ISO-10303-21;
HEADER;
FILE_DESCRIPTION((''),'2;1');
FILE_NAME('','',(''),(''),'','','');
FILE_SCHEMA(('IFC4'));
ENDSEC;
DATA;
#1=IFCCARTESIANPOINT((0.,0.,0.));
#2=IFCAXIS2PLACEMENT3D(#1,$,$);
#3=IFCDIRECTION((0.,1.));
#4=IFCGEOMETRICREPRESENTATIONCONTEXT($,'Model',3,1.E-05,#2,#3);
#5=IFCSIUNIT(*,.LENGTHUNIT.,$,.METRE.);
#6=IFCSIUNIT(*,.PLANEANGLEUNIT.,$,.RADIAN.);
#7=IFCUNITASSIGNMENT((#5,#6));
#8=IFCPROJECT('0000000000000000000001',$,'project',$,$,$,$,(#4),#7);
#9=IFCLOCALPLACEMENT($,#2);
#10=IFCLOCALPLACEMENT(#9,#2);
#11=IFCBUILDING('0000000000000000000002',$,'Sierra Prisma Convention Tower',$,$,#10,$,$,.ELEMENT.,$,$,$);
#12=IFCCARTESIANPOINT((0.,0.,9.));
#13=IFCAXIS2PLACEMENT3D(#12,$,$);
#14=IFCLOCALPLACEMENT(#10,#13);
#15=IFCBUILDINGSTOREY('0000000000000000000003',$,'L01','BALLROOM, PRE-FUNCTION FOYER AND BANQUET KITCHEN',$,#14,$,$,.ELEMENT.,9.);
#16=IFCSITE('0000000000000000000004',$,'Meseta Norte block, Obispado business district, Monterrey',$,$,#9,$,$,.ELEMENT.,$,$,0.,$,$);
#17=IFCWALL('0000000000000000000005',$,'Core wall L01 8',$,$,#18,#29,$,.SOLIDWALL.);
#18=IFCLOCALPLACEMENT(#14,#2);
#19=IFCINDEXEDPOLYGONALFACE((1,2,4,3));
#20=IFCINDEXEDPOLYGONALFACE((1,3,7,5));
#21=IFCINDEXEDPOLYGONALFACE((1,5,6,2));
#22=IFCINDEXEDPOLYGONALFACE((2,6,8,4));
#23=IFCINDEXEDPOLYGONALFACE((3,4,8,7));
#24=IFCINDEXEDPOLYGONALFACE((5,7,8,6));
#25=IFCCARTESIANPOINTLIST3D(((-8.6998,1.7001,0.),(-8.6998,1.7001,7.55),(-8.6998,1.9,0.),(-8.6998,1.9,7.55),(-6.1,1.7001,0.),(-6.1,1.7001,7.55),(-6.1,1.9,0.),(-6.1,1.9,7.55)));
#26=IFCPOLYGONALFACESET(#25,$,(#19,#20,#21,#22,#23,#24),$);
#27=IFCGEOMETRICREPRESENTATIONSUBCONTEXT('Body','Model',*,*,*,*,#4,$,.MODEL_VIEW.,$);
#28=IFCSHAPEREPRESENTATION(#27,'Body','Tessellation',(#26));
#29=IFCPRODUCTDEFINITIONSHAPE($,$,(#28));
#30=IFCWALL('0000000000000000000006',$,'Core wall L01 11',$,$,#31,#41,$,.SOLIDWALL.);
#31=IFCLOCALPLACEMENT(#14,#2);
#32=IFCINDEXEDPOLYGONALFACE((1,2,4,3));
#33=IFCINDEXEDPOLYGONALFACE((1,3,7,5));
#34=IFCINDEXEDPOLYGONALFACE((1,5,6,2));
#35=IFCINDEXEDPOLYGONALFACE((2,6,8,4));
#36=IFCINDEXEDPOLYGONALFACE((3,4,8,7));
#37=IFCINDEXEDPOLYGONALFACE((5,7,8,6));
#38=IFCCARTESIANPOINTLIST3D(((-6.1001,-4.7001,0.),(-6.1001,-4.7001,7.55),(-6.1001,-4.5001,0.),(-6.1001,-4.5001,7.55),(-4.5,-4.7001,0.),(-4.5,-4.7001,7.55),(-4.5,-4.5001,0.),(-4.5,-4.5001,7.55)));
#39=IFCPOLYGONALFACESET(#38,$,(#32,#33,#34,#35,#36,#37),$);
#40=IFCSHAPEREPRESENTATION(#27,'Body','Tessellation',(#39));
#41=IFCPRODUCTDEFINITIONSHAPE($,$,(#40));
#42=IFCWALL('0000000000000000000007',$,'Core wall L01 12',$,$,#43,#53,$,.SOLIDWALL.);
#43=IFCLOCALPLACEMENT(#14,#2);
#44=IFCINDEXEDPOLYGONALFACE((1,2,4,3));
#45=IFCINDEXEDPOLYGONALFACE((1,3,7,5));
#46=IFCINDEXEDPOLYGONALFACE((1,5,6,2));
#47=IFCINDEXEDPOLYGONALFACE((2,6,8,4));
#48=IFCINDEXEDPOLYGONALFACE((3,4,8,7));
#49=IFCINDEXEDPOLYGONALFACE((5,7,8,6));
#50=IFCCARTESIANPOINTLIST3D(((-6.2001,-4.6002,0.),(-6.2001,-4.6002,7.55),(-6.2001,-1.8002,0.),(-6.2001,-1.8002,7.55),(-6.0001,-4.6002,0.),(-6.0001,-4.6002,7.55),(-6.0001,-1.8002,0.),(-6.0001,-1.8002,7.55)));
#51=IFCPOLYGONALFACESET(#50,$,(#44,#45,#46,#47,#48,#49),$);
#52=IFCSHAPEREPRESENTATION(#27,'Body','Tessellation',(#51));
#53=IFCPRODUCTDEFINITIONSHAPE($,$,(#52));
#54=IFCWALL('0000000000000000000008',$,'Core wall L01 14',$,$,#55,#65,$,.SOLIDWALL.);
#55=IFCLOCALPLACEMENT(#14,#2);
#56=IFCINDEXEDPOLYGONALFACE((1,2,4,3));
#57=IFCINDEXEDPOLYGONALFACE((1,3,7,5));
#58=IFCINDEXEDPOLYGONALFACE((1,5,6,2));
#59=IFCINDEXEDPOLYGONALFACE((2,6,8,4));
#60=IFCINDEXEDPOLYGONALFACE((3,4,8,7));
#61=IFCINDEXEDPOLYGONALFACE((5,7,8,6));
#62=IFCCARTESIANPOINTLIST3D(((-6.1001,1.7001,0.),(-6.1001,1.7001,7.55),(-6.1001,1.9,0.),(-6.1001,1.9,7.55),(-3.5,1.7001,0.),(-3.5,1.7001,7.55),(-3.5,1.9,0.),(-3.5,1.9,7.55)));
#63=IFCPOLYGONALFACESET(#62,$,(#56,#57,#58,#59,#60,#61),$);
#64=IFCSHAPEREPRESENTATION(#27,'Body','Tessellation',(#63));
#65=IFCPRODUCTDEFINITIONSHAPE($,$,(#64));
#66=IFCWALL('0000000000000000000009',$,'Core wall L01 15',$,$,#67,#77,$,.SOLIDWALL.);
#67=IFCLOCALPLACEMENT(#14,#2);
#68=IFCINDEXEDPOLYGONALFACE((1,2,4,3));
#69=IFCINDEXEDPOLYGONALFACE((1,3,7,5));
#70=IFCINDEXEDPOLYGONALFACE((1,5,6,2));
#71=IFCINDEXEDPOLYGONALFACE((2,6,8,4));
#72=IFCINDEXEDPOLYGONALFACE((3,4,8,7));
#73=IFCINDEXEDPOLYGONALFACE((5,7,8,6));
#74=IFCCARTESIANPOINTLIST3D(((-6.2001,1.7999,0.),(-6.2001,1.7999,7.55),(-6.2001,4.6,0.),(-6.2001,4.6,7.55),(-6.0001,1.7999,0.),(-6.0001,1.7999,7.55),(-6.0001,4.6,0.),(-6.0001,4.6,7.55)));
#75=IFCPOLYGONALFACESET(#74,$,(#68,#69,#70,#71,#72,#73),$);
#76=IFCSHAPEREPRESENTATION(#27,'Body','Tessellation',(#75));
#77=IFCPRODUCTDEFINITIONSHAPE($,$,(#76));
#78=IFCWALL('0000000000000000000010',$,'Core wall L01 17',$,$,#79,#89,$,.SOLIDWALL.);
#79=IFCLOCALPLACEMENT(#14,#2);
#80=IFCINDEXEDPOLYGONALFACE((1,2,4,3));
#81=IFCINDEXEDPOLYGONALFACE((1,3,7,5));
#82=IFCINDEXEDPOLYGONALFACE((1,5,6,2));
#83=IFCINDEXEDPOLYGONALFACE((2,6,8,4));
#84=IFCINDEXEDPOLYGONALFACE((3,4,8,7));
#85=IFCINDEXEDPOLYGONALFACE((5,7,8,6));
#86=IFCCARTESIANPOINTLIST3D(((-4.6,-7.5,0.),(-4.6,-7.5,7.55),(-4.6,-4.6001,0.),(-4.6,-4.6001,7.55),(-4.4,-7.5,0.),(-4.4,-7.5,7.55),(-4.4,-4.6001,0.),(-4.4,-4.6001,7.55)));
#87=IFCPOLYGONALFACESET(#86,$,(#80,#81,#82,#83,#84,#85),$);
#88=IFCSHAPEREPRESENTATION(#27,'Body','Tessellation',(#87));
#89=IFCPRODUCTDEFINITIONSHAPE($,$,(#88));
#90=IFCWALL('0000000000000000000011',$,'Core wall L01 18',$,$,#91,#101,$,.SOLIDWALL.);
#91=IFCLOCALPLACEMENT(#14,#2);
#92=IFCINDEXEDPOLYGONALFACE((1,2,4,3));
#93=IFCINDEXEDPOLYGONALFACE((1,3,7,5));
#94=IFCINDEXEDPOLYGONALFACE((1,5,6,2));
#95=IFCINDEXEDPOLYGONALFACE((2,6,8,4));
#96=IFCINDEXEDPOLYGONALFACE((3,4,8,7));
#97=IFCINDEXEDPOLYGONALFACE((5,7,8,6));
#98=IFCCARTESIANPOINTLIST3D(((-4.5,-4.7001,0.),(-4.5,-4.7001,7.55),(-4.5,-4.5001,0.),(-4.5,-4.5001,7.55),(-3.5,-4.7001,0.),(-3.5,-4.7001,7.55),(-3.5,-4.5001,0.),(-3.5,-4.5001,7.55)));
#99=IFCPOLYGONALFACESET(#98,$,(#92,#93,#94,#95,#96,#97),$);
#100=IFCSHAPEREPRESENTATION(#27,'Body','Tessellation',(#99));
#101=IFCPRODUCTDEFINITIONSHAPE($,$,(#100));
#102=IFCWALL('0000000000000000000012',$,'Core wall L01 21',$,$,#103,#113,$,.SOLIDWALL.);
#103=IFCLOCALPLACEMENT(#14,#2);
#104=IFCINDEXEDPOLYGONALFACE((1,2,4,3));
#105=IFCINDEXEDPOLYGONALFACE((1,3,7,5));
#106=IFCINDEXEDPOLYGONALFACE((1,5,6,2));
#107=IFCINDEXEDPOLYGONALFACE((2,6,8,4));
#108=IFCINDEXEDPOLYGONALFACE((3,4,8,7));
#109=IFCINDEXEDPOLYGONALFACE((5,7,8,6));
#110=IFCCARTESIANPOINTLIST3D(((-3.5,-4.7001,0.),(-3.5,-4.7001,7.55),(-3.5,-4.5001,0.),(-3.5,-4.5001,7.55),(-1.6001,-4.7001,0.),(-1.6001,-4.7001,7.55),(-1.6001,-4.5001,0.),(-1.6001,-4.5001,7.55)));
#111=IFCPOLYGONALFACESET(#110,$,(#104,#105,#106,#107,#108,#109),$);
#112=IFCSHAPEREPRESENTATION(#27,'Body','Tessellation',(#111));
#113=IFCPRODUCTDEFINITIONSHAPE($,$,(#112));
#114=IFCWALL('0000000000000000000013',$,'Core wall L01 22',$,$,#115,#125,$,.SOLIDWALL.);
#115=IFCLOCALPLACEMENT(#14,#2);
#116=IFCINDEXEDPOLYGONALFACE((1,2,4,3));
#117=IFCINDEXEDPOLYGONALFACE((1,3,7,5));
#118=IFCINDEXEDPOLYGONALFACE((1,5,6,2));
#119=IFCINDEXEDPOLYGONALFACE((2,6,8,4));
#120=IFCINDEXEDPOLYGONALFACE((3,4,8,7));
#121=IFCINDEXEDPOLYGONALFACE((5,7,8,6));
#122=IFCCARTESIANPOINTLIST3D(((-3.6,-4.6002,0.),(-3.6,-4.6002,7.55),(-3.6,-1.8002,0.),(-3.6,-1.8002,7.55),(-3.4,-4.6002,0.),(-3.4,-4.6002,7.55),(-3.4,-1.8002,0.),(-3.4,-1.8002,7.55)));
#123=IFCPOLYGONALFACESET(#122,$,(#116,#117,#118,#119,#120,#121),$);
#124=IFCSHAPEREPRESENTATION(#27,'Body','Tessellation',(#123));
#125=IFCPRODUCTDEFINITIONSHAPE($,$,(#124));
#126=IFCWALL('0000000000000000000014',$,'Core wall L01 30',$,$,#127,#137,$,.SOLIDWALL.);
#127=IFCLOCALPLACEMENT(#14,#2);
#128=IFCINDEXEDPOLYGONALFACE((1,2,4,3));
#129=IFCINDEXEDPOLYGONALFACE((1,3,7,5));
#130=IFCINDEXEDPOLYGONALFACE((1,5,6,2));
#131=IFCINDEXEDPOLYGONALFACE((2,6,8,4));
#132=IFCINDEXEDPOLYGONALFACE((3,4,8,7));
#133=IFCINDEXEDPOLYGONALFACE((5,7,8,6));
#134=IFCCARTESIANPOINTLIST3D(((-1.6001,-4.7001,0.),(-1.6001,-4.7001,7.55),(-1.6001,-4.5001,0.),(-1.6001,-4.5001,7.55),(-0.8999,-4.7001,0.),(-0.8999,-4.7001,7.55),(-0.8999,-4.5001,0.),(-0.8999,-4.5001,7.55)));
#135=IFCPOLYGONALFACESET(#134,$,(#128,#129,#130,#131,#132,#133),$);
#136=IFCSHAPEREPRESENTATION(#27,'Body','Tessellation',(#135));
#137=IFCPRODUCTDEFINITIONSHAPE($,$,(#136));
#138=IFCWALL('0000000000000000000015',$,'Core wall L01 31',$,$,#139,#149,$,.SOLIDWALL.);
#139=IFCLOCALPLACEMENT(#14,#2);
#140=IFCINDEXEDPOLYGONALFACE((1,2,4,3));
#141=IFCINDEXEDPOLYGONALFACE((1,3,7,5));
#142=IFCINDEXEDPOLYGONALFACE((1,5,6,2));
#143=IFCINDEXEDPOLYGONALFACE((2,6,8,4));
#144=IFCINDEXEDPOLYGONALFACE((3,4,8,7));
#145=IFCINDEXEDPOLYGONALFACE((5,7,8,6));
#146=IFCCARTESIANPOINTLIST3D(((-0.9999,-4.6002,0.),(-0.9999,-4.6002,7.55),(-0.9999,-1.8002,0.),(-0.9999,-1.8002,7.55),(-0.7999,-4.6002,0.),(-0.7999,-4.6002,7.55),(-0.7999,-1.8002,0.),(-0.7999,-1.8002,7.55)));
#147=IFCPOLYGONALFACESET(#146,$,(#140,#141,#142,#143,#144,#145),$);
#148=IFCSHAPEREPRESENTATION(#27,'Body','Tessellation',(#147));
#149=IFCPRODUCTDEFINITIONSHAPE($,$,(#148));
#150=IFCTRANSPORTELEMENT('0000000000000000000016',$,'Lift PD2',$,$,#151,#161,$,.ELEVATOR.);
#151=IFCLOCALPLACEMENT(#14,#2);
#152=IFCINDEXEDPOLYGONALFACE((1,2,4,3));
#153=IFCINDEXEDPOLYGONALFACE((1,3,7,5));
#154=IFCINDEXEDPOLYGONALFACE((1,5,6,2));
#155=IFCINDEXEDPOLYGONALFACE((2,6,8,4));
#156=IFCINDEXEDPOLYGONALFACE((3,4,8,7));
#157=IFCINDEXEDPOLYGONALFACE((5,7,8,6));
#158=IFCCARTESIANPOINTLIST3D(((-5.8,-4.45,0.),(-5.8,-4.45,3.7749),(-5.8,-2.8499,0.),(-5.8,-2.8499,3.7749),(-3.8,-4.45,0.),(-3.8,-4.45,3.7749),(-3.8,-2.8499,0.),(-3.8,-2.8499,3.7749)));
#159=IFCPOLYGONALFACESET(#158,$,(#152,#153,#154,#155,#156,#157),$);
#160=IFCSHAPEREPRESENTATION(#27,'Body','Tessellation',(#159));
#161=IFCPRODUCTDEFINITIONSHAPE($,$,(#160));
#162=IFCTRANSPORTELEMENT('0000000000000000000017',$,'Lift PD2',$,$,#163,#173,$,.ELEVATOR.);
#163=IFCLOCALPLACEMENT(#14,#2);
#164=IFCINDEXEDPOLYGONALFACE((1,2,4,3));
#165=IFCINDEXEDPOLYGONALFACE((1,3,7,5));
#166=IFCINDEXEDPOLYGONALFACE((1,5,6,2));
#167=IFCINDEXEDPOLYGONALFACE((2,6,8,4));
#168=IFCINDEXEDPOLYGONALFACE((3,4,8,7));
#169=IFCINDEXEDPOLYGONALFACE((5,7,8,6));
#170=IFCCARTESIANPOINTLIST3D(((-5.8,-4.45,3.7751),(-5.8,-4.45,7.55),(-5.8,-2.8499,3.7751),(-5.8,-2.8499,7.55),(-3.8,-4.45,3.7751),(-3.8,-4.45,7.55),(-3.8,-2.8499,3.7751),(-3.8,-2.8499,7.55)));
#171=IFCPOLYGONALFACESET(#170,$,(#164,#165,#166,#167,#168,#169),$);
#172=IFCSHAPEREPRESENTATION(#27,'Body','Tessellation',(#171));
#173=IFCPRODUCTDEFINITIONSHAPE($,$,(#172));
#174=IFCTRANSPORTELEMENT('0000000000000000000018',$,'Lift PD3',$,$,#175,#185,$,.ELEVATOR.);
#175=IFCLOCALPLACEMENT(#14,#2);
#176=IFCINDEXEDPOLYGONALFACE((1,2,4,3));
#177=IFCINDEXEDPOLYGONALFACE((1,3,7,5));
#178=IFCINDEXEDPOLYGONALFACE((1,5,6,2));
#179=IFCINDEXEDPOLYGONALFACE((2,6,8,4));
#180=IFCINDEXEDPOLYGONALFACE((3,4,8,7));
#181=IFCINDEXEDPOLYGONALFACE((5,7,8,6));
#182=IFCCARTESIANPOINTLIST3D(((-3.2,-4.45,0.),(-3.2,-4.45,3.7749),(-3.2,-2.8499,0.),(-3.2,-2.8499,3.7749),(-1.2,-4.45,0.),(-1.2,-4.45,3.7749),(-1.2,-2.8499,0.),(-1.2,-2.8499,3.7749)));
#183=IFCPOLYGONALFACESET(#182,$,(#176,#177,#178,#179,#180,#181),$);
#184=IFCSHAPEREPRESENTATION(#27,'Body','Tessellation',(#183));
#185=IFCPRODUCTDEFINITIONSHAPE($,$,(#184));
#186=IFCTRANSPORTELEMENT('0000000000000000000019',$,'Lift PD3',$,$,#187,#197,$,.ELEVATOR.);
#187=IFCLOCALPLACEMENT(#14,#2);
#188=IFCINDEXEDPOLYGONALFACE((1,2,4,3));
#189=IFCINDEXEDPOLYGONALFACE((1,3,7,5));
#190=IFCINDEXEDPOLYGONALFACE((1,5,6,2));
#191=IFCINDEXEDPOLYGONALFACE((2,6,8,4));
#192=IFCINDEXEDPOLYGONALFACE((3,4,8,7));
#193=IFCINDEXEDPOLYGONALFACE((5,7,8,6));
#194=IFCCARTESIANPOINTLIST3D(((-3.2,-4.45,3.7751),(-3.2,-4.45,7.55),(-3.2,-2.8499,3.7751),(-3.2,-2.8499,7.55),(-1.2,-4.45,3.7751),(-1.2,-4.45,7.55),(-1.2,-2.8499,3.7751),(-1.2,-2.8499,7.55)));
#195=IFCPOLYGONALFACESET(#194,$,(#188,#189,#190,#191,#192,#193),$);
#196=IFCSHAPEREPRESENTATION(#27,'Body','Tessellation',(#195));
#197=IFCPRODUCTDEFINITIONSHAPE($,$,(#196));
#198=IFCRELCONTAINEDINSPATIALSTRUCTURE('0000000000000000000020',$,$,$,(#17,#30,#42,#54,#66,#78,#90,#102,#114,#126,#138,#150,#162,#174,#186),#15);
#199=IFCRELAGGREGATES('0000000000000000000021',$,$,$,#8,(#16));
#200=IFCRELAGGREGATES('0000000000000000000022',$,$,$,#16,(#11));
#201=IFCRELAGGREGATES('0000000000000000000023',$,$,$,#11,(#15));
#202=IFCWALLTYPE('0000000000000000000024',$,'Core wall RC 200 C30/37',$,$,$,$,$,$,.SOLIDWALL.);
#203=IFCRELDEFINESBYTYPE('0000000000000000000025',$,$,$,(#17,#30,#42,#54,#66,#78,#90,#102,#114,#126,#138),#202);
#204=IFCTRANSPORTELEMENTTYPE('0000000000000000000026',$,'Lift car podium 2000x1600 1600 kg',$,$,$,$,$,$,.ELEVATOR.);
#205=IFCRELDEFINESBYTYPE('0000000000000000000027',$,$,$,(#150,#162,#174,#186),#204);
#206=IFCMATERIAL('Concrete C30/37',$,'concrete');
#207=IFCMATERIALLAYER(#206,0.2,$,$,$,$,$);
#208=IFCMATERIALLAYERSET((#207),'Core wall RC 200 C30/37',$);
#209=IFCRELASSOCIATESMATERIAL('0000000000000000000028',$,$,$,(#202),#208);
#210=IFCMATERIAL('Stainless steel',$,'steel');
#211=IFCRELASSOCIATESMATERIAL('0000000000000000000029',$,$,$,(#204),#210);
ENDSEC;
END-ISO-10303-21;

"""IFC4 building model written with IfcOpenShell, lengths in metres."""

from ifc_helpers import new_model, si_unit, direction, frame, frame_2d, origin, origin_2d, place, context, subcontext, project, spatial, rectangle, extrude, material, layer, layer_set, type_object, element, save


model = new_model("IFC4")

# Units and contexts
model_context = context("Model", 3, precision=1e-05, world=origin(), true_north=direction((0.0, 1.0)))
body_context = subcontext(model_context, "Body", "Model", "MODEL_VIEW")
ifc_project = project(units=[si_unit("LENGTHUNIT", "METRE"), si_unit("PLANEANGLEUNIT", "RADIAN")], contexts=[model_context])

# Site, building, storey
site_placement = place(None, origin())
site = spatial("IfcSite", under=ifc_project, at=site_placement, Name="Meseta Norte block, Obispado business district, Monterrey", CompositionType="ELEMENT", RefElevation=0.0)
building_placement = place(site_placement, origin())
building = spatial("IfcBuilding", under=site, at=building_placement, Name="Sierra Prisma Convention Tower", CompositionType="ELEMENT")
storey_placement = place(building_placement, frame((0.0, 0.0, 9.0)))
storey = spatial("IfcBuildingStorey", under=building, at=storey_placement, Name="L01", Description="BALLROOM, PRE-FUNCTION FOYER AND BANQUET KITCHEN", CompositionType="ELEMENT", Elevation=9.0)

# Walls
ifc_material_1 = material(Name="Concrete C30/37", Category="concrete")
ifc_layer = layer(ifc_material_1, 0.2)
ifc_layer_set = layer_set([ifc_layer], Name="Core wall RC 200 C30/37")
wall_type = type_object("IfcWallType", Name="Core wall RC 200 C30/37", PredefinedType="SOLIDWALL", material=ifc_layer_set)
wall_1_placement = place(storey_placement, frame((-6.1001, 1.8, 0.0), z_axis=(0.0, 0.0, 1.0), x_axis=(-1.0, 0.0, 0.0)))
element("IfcWall", 1, at=wall_1_placement, inside=storey, type_object=wall_type, Name="Core wall L01 8", PredefinedType="SOLIDWALL", context=body_context, shape_type="SweptSolid", body=[
    extrude(rectangle(XDim=2.5999, YDim=0.2, at=frame_2d((1.2998, 0.0))), origin(), (0.0, 0.0, 1.0), 7.55),
])
wall_2_placement = place(storey_placement, frame((-6.1001, -4.6001, 0.0), z_axis=(0.0, 0.0, 1.0), x_axis=(1.0, 0.0, 0.0)))
element("IfcWall", 2, at=wall_2_placement, inside=storey, type_object=wall_type, Name="Core wall L01 11", PredefinedType="SOLIDWALL", context=body_context, shape_type="SweptSolid", body=[
    extrude(rectangle(XDim=1.6001, YDim=0.2, at=frame_2d((0.8, 0.0))), origin(), (0.0, 0.0, 1.0), 7.55),
])
wall_3_placement = place(storey_placement, frame((-6.1001, -4.6001, 0.0), z_axis=(0.0, 0.0, 1.0), x_axis=(0.0, 1.0, 0.0)))
element("IfcWall", 3, at=wall_3_placement, inside=storey, type_object=wall_type, Name="Core wall L01 12", PredefinedType="SOLIDWALL", context=body_context, shape_type="SweptSolid", body=[
    extrude(rectangle(XDim=2.8, YDim=0.2, at=frame_2d((1.3999, 0.0))), origin(), (0.0, 0.0, 1.0), 7.55),
])

# Walls
wall_4_placement = place(storey_placement, frame((-3.5, 1.8, 0.0), z_axis=(0.0, 0.0, 1.0), x_axis=(-1.0, 0.0, 0.0)))
element("IfcWall", 4, at=wall_4_placement, inside=storey, type_object=wall_type, Name="Core wall L01 14", PredefinedType="SOLIDWALL", context=body_context, shape_type="SweptSolid", body=[
    extrude(rectangle(XDim=2.6001, YDim=0.2, at=frame_2d((1.3, 0.0))), origin(), (0.0, 0.0, 1.0), 7.55),
])
wall_5_placement = place(storey_placement, frame((-6.1001, 1.8, 0.0), z_axis=(0.0, 0.0, 1.0), x_axis=(0.0, 1.0, 0.0)))
element("IfcWall", 5, at=wall_5_placement, inside=storey, type_object=wall_type, Name="Core wall L01 15", PredefinedType="SOLIDWALL", context=body_context, shape_type="SweptSolid", body=[
    extrude(rectangle(XDim=2.8, YDim=0.2, at=frame_2d((1.3999, 0.0))), origin(), (0.0, 0.0, 1.0), 7.55),
])
wall_6_placement = place(storey_placement, frame((-4.5, -4.6001, 0.0), z_axis=(0.0, 0.0, 1.0), x_axis=(0.0, -1.0, 0.0)))
element("IfcWall", 6, at=wall_6_placement, inside=storey, type_object=wall_type, Name="Core wall L01 17", PredefinedType="SOLIDWALL", context=body_context, shape_type="SweptSolid", body=[
    extrude(rectangle(XDim=2.8999, YDim=0.2, at=frame_2d((1.45, 0.0))), origin(), (0.0, 0.0, 1.0), 7.55),
])
wall_7_placement = place(storey_placement, frame((-4.5, -4.6001, 0.0), z_axis=(0.0, 0.0, 1.0), x_axis=(1.0, 0.0, 0.0)))
element("IfcWall", 7, at=wall_7_placement, inside=storey, type_object=wall_type, Name="Core wall L01 18", PredefinedType="SOLIDWALL", context=body_context, shape_type="SweptSolid", body=[
    extrude(rectangle(XDim=1.0, YDim=0.2, at=frame_2d((0.5, 0.0))), origin(), (0.0, 0.0, 1.0), 7.55),
])
wall_8_placement = place(storey_placement, frame((-3.5, -4.6001, 0.0), z_axis=(0.0, 0.0, 1.0), x_axis=(1.0, 0.0, 0.0)))
element("IfcWall", 8, at=wall_8_placement, inside=storey, type_object=wall_type, Name="Core wall L01 21", PredefinedType="SOLIDWALL", context=body_context, shape_type="SweptSolid", body=[
    extrude(rectangle(XDim=1.8999, YDim=0.2, at=frame_2d((0.95, 0.0))), origin(), (0.0, 0.0, 1.0), 7.55),
])
wall_9_placement = place(storey_placement, frame((-3.5, -4.6001, 0.0), z_axis=(0.0, 0.0, 1.0), x_axis=(0.0, 1.0, 0.0)))
element("IfcWall", 9, at=wall_9_placement, inside=storey, type_object=wall_type, Name="Core wall L01 22", PredefinedType="SOLIDWALL", context=body_context, shape_type="SweptSolid", body=[
    extrude(rectangle(XDim=2.8, YDim=0.2, at=frame_2d((1.3999, 0.0))), origin(), (0.0, 0.0, 1.0), 7.55),
])

# Walls
wall_10_placement = place(storey_placement, frame((-1.6001, -4.6001, 0.0), z_axis=(0.0, 0.0, 1.0), x_axis=(1.0, 0.0, 0.0)))
element("IfcWall", 10, at=wall_10_placement, inside=storey, type_object=wall_type, Name="Core wall L01 30", PredefinedType="SOLIDWALL", context=body_context, shape_type="SweptSolid", body=[
    extrude(rectangle(XDim=0.7002, YDim=0.2, at=frame_2d((0.3501, 0.0))), origin(), (0.0, 0.0, 1.0), 7.55),
])
wall_11_placement = place(storey_placement, frame((-0.8999, -4.6001, 0.0), z_axis=(0.0, 0.0, 1.0), x_axis=(0.0, 1.0, 0.0)))
element("IfcWall", 11, at=wall_11_placement, inside=storey, type_object=wall_type, Name="Core wall L01 31", PredefinedType="SOLIDWALL", context=body_context, shape_type="SweptSolid", body=[
    extrude(rectangle(XDim=2.8, YDim=0.2, at=frame_2d((1.3999, 0.0))), origin(), (0.0, 0.0, 1.0), 7.55),
])

# Transport elements
ifc_material_2 = material(Name="Stainless steel", Category="steel")
transport_element_type = type_object("IfcTransportElementType", Name="Lift car podium 2000x1600 1600 kg", PredefinedType="ELEVATOR", material=ifc_material_2)
for number, where, z_axis, x_axis, name in (
    (12, (-4.8, -3.6499, 0.0), (0.0, 0.0, 1.0), (1.0, 0.0, 0.0), "Lift PD2"),
    (13, (-4.8, -3.6499, 3.7751), (0.0, 0.0, 1.0), (1.0, 0.0, 0.0), "Lift PD2"),
    (14, (-2.2, -3.6499, 0.0), (0.0, 0.0, 1.0), (1.0, 0.0, 0.0), "Lift PD3"),
    (15, (-2.2, -3.6499, 3.7751), (0.0, 0.0, 1.0), (1.0, 0.0, 0.0), "Lift PD3"),
):
    element("IfcTransportElement", number, at=place(storey_placement, frame(where, z_axis=z_axis, x_axis=x_axis)), inside=storey, type_object=transport_element_type, Name=name, PredefinedType="ELEVATOR", context=body_context, shape_type="SweptSolid", body=[
        extrude(rectangle(XDim=2.0, YDim=1.6001, at=origin_2d()), origin(), (0.0, 0.0, 1.0), 3.7749),
    ])

save(model, "model.ifc")
